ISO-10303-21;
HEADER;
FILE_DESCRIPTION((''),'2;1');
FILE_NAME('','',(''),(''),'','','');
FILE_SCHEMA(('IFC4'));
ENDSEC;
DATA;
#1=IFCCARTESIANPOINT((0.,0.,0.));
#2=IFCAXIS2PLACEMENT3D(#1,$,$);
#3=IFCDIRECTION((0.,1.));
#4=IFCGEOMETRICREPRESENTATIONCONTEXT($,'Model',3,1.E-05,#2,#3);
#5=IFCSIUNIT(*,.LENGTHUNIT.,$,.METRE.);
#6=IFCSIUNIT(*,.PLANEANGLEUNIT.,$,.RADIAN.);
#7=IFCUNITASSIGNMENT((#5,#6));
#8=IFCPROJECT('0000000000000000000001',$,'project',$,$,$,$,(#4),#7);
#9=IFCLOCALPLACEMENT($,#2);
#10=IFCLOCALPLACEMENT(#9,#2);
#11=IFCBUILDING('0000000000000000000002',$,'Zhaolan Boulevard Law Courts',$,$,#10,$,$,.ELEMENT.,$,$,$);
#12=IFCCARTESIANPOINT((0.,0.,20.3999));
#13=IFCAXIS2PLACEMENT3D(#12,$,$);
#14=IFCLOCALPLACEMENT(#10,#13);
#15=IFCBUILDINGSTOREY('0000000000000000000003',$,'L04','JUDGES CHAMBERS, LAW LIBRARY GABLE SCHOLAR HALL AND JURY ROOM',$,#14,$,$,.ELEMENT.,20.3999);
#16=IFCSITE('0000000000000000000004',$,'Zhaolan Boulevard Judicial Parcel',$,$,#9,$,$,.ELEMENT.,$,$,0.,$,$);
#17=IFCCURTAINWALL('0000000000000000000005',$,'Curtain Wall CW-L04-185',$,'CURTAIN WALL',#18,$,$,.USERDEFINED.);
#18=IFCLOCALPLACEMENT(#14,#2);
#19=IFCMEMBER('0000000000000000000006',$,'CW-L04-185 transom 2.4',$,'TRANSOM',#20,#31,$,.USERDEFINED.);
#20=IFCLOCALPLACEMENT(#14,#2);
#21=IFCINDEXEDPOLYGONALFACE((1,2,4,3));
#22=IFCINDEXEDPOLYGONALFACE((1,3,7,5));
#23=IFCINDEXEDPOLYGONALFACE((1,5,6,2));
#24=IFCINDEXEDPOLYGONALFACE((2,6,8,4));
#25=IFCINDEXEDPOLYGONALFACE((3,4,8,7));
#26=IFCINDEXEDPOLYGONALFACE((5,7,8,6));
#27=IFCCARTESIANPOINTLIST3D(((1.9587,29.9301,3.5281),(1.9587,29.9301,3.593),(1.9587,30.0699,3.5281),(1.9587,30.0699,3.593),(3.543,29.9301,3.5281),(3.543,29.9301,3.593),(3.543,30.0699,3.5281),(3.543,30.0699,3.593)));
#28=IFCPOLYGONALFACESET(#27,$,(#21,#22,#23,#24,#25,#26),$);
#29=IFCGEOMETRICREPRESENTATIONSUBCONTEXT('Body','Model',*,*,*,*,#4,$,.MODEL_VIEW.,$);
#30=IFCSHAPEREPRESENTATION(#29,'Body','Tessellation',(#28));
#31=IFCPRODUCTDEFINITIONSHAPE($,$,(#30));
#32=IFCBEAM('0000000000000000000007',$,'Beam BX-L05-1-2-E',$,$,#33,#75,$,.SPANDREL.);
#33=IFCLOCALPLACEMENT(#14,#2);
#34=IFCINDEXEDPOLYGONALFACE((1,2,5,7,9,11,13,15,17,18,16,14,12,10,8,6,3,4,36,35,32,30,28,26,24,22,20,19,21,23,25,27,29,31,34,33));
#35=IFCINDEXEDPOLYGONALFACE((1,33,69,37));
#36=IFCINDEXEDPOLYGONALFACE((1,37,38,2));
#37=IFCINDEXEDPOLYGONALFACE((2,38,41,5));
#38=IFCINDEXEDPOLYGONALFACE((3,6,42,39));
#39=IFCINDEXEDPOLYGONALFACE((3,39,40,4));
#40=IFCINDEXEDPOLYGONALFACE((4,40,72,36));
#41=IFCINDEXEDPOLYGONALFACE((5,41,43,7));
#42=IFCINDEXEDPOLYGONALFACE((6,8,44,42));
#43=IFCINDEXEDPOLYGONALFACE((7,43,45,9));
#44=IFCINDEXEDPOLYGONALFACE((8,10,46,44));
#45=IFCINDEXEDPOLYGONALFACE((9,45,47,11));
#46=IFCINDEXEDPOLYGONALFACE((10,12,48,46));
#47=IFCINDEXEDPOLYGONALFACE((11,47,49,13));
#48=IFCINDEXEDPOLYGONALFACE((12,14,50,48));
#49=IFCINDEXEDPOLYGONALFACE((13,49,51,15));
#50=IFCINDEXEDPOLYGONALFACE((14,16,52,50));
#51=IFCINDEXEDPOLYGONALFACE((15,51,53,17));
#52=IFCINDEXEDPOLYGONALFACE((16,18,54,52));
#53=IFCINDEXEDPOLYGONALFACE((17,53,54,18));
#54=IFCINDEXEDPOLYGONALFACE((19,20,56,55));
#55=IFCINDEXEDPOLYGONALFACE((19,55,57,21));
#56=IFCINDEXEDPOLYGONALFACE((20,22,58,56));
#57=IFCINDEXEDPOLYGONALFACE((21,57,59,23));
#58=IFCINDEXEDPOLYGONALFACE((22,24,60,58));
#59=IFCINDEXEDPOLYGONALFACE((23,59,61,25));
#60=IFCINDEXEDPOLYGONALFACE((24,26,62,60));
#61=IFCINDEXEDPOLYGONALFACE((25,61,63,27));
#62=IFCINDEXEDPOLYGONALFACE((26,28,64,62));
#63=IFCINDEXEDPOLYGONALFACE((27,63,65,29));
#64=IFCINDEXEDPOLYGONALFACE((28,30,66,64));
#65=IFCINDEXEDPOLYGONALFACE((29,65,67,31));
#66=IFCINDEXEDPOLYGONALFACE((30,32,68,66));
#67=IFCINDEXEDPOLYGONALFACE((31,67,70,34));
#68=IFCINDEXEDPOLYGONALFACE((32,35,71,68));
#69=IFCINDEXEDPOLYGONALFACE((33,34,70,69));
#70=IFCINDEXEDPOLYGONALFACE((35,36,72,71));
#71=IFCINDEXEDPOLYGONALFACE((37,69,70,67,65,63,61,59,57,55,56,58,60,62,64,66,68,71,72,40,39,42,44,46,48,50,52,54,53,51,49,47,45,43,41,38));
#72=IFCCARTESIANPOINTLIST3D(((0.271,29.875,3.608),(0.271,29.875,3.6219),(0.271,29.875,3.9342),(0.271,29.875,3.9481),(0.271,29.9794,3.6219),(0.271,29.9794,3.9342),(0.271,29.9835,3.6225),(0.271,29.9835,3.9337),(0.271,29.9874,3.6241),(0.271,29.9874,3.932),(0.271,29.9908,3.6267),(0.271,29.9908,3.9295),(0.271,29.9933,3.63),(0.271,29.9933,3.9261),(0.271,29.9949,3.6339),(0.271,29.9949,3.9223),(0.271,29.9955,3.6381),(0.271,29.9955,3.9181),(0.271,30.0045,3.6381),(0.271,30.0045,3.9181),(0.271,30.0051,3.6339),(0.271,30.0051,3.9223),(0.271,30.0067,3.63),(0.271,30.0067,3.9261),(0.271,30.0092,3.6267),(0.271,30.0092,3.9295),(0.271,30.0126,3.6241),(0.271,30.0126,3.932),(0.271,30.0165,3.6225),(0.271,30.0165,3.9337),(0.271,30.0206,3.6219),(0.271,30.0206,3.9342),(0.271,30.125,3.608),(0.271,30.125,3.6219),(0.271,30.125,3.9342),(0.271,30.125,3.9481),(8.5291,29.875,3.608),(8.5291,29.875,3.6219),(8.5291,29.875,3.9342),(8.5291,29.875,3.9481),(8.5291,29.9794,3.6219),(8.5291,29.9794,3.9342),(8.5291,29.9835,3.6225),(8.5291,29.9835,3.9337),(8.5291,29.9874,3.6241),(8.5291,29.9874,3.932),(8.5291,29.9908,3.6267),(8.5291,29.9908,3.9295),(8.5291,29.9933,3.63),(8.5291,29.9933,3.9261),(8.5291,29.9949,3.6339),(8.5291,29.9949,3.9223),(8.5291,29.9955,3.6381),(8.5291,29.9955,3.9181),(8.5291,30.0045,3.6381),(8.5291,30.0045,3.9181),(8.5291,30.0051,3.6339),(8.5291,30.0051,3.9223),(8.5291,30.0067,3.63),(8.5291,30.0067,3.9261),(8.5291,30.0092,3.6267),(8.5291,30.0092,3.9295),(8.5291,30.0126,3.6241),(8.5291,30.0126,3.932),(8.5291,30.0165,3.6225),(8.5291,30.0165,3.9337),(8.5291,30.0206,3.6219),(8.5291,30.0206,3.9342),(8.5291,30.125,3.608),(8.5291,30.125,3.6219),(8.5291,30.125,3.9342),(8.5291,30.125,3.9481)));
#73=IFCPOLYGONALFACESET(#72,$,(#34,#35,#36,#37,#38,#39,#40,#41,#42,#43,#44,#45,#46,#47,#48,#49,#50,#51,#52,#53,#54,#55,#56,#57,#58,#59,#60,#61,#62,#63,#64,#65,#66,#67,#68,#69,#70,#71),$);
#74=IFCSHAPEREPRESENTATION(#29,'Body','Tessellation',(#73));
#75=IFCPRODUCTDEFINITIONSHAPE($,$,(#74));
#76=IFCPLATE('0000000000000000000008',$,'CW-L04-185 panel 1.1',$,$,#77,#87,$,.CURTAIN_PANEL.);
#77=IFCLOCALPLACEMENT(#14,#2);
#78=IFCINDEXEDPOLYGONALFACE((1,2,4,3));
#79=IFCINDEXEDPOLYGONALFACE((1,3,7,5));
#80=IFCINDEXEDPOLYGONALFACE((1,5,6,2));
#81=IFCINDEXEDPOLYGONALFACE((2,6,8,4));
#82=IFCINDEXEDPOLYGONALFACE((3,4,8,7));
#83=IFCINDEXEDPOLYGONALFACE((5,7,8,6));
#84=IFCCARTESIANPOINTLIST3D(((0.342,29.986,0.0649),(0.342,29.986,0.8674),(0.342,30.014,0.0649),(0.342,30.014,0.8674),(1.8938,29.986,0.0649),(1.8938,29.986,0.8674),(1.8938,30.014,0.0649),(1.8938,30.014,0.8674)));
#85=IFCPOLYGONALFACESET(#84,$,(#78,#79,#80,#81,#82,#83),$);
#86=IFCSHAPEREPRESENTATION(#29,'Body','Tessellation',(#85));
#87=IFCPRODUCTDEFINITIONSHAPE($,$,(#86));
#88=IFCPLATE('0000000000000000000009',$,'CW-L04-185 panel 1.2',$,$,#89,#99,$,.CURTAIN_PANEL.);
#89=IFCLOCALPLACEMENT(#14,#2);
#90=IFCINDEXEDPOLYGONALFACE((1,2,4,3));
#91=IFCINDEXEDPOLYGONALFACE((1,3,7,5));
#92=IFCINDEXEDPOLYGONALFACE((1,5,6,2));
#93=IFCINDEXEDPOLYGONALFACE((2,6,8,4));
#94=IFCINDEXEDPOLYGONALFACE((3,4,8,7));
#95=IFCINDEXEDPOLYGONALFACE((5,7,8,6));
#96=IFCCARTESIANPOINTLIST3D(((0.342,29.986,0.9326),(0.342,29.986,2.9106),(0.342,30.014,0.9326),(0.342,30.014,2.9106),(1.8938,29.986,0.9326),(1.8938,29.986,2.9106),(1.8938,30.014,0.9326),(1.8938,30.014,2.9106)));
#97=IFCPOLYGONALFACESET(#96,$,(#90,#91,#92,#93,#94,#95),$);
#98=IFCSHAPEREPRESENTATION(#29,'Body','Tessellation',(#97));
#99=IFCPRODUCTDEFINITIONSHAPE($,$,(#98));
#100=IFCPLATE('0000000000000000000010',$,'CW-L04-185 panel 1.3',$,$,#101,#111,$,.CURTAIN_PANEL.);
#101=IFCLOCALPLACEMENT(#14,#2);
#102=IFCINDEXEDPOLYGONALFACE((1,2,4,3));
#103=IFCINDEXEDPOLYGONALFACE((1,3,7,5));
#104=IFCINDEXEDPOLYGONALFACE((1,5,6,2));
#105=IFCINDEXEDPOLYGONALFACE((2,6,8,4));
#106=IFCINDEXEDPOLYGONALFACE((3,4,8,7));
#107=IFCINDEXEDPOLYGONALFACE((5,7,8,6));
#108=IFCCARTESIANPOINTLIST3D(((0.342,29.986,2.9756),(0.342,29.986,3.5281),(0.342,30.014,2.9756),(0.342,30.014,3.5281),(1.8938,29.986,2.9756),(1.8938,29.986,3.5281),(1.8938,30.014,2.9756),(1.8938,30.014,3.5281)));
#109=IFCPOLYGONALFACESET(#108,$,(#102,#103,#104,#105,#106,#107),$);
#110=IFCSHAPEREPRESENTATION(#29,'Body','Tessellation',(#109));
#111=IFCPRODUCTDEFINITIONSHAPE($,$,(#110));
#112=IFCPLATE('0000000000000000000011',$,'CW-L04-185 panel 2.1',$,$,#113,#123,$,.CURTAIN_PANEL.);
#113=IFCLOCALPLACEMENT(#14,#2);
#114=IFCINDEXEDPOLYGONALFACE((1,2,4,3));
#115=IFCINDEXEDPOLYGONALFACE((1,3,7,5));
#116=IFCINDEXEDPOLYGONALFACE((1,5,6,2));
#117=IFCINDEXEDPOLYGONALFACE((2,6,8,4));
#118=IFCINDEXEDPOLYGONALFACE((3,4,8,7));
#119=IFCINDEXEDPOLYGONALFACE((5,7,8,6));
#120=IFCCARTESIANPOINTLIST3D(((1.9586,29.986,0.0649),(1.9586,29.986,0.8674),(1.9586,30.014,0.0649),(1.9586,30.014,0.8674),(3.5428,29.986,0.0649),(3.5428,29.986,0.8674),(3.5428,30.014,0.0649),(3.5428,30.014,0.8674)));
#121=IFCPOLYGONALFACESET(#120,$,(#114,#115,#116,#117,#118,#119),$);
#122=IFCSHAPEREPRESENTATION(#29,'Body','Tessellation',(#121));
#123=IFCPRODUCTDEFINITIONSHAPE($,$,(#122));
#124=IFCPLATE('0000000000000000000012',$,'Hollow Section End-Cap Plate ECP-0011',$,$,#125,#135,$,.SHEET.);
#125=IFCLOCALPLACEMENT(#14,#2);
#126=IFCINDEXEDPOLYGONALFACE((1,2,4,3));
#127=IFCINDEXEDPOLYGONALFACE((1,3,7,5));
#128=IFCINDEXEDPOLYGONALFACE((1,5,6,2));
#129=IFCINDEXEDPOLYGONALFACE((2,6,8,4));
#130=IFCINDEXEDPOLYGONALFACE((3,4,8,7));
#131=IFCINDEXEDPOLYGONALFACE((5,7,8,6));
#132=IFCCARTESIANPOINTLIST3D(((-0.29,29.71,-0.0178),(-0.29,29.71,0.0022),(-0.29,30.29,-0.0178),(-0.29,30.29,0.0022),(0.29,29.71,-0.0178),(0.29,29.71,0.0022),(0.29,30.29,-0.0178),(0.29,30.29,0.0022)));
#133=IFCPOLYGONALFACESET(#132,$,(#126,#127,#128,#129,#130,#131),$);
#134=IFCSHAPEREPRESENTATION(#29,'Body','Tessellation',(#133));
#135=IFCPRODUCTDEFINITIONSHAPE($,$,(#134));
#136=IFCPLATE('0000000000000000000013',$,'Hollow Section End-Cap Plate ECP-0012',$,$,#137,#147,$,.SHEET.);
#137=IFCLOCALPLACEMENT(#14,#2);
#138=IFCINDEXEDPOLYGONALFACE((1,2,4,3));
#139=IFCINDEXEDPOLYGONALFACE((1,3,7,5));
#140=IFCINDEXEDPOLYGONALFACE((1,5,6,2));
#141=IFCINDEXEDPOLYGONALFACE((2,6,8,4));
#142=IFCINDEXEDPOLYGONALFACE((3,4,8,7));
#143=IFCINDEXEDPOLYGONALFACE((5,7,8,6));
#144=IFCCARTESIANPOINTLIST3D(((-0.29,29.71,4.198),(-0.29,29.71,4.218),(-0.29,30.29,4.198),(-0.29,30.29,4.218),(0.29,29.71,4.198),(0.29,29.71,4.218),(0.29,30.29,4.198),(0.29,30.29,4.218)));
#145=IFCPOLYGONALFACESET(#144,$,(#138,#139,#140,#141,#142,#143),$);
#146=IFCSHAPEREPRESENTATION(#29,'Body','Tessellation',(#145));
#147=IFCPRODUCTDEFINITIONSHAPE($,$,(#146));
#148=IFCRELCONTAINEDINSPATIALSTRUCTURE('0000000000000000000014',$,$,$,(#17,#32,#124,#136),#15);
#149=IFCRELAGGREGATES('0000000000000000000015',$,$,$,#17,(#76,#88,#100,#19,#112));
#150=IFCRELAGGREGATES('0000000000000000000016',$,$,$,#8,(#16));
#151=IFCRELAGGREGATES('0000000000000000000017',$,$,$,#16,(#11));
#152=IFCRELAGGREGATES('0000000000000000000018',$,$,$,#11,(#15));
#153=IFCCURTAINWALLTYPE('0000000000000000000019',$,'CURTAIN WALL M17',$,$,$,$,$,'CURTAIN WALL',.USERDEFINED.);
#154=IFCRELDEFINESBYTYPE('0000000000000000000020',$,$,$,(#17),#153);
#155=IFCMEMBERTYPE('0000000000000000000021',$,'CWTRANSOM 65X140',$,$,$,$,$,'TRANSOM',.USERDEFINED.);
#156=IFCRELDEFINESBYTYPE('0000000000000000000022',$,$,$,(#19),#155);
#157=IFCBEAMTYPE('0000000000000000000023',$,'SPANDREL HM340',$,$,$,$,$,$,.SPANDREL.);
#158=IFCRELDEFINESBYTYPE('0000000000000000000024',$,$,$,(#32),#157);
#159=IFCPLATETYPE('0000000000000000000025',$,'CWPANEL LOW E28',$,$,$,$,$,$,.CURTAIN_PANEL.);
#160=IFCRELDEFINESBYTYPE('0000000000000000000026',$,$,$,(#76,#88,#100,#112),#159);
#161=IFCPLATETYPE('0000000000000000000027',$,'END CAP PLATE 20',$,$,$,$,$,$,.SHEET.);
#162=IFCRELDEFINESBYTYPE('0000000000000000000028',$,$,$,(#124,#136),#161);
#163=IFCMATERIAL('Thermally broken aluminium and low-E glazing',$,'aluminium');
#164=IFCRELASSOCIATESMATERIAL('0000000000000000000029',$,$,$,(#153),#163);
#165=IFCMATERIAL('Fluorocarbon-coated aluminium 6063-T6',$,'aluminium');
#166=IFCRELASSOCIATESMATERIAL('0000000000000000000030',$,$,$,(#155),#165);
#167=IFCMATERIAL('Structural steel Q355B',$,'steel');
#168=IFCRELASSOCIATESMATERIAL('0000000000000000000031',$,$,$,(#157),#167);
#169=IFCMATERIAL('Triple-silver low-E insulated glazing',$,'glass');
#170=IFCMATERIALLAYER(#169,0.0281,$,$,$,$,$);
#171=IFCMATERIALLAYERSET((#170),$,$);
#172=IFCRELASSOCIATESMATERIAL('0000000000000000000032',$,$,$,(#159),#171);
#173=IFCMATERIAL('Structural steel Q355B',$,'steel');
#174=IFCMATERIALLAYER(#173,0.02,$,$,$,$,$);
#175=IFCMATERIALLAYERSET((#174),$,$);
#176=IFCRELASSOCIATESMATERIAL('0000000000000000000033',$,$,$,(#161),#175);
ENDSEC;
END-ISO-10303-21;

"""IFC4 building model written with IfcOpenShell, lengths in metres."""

from ifc_helpers import new_model, si_unit, direction, frame, origin, origin_2d, place, context, subcontext, project, spatial, rectangle, i_section, extrude, material, layer, layer_set, material_profile, profile_set, type_object, element, aggregate, save


model = new_model("IFC4")

# Units and contexts
model_context = context("Model", 3, precision=1e-05, world=origin(), true_north=direction((0.0, 1.0)))
body_context = subcontext(model_context, "Body", "Model", "MODEL_VIEW")
ifc_project = project(units=[si_unit("LENGTHUNIT", "METRE"), si_unit("PLANEANGLEUNIT", "RADIAN")], contexts=[model_context])

# Site, building, storey
site_placement = place(None, origin())
site = spatial("IfcSite", under=ifc_project, at=site_placement, Name="Zhaolan Boulevard Judicial Parcel", CompositionType="ELEMENT", RefElevation=0.0)
building_placement = place(site_placement, origin())
building = spatial("IfcBuilding", under=site, at=building_placement, Name="Zhaolan Boulevard Law Courts", CompositionType="ELEMENT")
storey_placement = place(building_placement, frame((0.0, 0.0, 20.3999)))
storey = spatial("IfcBuildingStorey", under=building, at=storey_placement, Name="L04", Description="JUDGES CHAMBERS, LAW LIBRARY GABLE SCHOLAR HALL AND JURY ROOM", CompositionType="ELEMENT", Elevation=20.3999)

# Curtain wall, member
ifc_material_1 = material(Name="Thermally broken aluminium and low-E glazing", Category="aluminium")
curtain_wall_type = type_object("IfcCurtainWallType", Name="CURTAIN WALL M17", ElementType="CURTAIN WALL", PredefinedType="USERDEFINED", material=ifc_material_1)
curtain_wall_placement = place(storey_placement, origin())
curtain_wall = element("IfcCurtainWall", 1, at=curtain_wall_placement, inside=storey, type_object=curtain_wall_type, Name="Curtain Wall CW-L04-185", ObjectType="CURTAIN WALL", PredefinedType="USERDEFINED")
ifc_material_2 = material(Name="Fluorocarbon-coated aluminium 6063-T6", Category="aluminium")
ifc_material_profile_1 = material_profile(ifc_material_2, rectangle(XDim=0.1399, YDim=0.0649, at=origin_2d()), Name="AL65x140")
ifc_profile_set_1 = profile_set([ifc_material_profile_1], Name="Fluorocarbon-coated aluminium 6063-T6")
member_type_1 = type_object("IfcMemberType", Name="CWTRANSOM 65X140", ElementType="TRANSOM", PredefinedType="USERDEFINED", material=ifc_profile_set_1)
member_1_placement = place(storey_placement, frame((1.9587, 30.0, 3.5605), z_axis=(1.0, 0.0, 0.0), x_axis=(0.0, 1.0, 0.0)))
member_1 = element("IfcMember", 2, at=member_1_placement, type_object=member_type_1, Name="CW-L04-185 transom 2.4", ObjectType="TRANSOM", PredefinedType="USERDEFINED", context=body_context, shape_type="SweptSolid", body=[
    extrude(rectangle(XDim=0.1399, YDim=0.0649, at=origin_2d()), origin(), (0.0, 0.0, 1.0), 1.5842),
])

# Beam
ifc_material_3 = material(Name="Structural steel Q355B", Category="steel")
ifc_material_profile_2 = material_profile(ifc_material_3, i_section(OverallWidth=0.25, OverallDepth=0.3401, WebThickness=0.009, FlangeThickness=0.0139, FilletRadius=0.0161, at=origin_2d()), Name="HM340x250")
ifc_profile_set_2 = profile_set([ifc_material_profile_2], Name="Structural steel Q355B")
beam_type = type_object("IfcBeamType", Name="SPANDREL HM340", PredefinedType="SPANDREL", material=ifc_profile_set_2)
beam_placement = place(storey_placement, frame((0.271, 30.0, 3.7781), z_axis=(1.0, 0.0, 0.0), x_axis=(0.0, 1.0, 0.0)))
element("IfcBeam", 3, at=beam_placement, inside=storey, type_object=beam_type, Name="Beam BX-L05-1-2-E", PredefinedType="SPANDREL", context=body_context, shape_type="SweptSolid", body=[
    extrude(i_section(OverallWidth=0.25, OverallDepth=0.3401, WebThickness=0.009, FlangeThickness=0.0139, FilletRadius=0.0161, at=origin_2d()), origin(), (0.0, 0.0, 1.0), 8.2581),
])

# Plates
ifc_material_4 = material(Name="Triple-silver low-E insulated glazing", Category="glass")
ifc_layer_1 = layer(ifc_material_4, 0.0281)
ifc_layer_set_1 = layer_set([ifc_layer_1])
plate_type_1 = type_object("IfcPlateType", Name="CWPANEL LOW E28", PredefinedType="CURTAIN_PANEL", material=ifc_layer_set_1)
plate_1_placement = place(storey_placement, frame((1.1179, 30.0, 0.0649), z_axis=(0.0, 0.0, 1.0), x_axis=(1.0, 0.0, 0.0)))
plate_1 = element("IfcPlate", 4, at=plate_1_placement, type_object=plate_type_1, Name="CW-L04-185 panel 1.1", PredefinedType="CURTAIN_PANEL", context=body_context, shape_type="SweptSolid", body=[
    extrude(rectangle(XDim=1.5518, YDim=0.0281, at=origin_2d()), origin(), (0.0, 0.0, 1.0), 0.8025),
])
plate_2_placement = place(storey_placement, frame((1.1179, 30.0, 0.9326), z_axis=(0.0, 0.0, 1.0), x_axis=(1.0, 0.0, 0.0)))
plate_2 = element("IfcPlate", 5, at=plate_2_placement, type_object=plate_type_1, Name="CW-L04-185 panel 1.2", PredefinedType="CURTAIN_PANEL", context=body_context, shape_type="SweptSolid", body=[
    extrude(rectangle(XDim=1.5518, YDim=0.0281, at=origin_2d()), origin(), (0.0, 0.0, 1.0), 1.978),
])
plate_3_placement = place(storey_placement, frame((1.1179, 30.0, 2.9756), z_axis=(0.0, 0.0, 1.0), x_axis=(1.0, 0.0, 0.0)))
plate_3 = element("IfcPlate", 6, at=plate_3_placement, type_object=plate_type_1, Name="CW-L04-185 panel 1.3", PredefinedType="CURTAIN_PANEL", context=body_context, shape_type="SweptSolid", body=[
    extrude(rectangle(XDim=1.5518, YDim=0.0281, at=origin_2d()), origin(), (0.0, 0.0, 1.0), 0.5525),
])
plate_4_placement = place(storey_placement, frame((2.7507, 30.0, 0.0649), z_axis=(0.0, 0.0, 1.0), x_axis=(1.0, 0.0, 0.0)))
plate_4 = element("IfcPlate", 7, at=plate_4_placement, type_object=plate_type_1, Name="CW-L04-185 panel 2.1", PredefinedType="CURTAIN_PANEL", context=body_context, shape_type="SweptSolid", body=[
    extrude(rectangle(XDim=1.5842, YDim=0.0281, at=origin_2d()), origin(), (0.0, 0.0, 1.0), 0.8025),
])
aggregate(curtain_wall, [plate_1, plate_2, plate_3, member_1, plate_4])

# Plates
ifc_material_5 = material(Name="Structural steel Q355B", Category="steel")
ifc_layer_2 = layer(ifc_material_5, 0.02)
ifc_layer_set_2 = layer_set([ifc_layer_2])
plate_type_2 = type_object("IfcPlateType", Name="END CAP PLATE 20", PredefinedType="SHEET", material=ifc_layer_set_2)
for number, where, z_axis, x_axis, name in (
    (8, (0.0, 30.0, -0.0178), (0.0, 0.0, 1.0), (1.0, 0.0, 0.0), "Hollow Section End-Cap Plate ECP-0011"),
    (9, (0.0, 30.0, 4.198), (0.0, 0.0, 1.0), (1.0, 0.0, 0.0), "Hollow Section End-Cap Plate ECP-0012"),
):
    element("IfcPlate", number, at=place(storey_placement, frame(where, z_axis=z_axis, x_axis=x_axis)), inside=storey, type_object=plate_type_2, Name=name, PredefinedType="SHEET", context=body_context, shape_type="SweptSolid", body=[
        extrude(rectangle(XDim=0.5801, YDim=0.5801, at=origin_2d()), origin(), (0.0, 0.0, 1.0), 0.02),
    ])

save(model, "model.ifc")
